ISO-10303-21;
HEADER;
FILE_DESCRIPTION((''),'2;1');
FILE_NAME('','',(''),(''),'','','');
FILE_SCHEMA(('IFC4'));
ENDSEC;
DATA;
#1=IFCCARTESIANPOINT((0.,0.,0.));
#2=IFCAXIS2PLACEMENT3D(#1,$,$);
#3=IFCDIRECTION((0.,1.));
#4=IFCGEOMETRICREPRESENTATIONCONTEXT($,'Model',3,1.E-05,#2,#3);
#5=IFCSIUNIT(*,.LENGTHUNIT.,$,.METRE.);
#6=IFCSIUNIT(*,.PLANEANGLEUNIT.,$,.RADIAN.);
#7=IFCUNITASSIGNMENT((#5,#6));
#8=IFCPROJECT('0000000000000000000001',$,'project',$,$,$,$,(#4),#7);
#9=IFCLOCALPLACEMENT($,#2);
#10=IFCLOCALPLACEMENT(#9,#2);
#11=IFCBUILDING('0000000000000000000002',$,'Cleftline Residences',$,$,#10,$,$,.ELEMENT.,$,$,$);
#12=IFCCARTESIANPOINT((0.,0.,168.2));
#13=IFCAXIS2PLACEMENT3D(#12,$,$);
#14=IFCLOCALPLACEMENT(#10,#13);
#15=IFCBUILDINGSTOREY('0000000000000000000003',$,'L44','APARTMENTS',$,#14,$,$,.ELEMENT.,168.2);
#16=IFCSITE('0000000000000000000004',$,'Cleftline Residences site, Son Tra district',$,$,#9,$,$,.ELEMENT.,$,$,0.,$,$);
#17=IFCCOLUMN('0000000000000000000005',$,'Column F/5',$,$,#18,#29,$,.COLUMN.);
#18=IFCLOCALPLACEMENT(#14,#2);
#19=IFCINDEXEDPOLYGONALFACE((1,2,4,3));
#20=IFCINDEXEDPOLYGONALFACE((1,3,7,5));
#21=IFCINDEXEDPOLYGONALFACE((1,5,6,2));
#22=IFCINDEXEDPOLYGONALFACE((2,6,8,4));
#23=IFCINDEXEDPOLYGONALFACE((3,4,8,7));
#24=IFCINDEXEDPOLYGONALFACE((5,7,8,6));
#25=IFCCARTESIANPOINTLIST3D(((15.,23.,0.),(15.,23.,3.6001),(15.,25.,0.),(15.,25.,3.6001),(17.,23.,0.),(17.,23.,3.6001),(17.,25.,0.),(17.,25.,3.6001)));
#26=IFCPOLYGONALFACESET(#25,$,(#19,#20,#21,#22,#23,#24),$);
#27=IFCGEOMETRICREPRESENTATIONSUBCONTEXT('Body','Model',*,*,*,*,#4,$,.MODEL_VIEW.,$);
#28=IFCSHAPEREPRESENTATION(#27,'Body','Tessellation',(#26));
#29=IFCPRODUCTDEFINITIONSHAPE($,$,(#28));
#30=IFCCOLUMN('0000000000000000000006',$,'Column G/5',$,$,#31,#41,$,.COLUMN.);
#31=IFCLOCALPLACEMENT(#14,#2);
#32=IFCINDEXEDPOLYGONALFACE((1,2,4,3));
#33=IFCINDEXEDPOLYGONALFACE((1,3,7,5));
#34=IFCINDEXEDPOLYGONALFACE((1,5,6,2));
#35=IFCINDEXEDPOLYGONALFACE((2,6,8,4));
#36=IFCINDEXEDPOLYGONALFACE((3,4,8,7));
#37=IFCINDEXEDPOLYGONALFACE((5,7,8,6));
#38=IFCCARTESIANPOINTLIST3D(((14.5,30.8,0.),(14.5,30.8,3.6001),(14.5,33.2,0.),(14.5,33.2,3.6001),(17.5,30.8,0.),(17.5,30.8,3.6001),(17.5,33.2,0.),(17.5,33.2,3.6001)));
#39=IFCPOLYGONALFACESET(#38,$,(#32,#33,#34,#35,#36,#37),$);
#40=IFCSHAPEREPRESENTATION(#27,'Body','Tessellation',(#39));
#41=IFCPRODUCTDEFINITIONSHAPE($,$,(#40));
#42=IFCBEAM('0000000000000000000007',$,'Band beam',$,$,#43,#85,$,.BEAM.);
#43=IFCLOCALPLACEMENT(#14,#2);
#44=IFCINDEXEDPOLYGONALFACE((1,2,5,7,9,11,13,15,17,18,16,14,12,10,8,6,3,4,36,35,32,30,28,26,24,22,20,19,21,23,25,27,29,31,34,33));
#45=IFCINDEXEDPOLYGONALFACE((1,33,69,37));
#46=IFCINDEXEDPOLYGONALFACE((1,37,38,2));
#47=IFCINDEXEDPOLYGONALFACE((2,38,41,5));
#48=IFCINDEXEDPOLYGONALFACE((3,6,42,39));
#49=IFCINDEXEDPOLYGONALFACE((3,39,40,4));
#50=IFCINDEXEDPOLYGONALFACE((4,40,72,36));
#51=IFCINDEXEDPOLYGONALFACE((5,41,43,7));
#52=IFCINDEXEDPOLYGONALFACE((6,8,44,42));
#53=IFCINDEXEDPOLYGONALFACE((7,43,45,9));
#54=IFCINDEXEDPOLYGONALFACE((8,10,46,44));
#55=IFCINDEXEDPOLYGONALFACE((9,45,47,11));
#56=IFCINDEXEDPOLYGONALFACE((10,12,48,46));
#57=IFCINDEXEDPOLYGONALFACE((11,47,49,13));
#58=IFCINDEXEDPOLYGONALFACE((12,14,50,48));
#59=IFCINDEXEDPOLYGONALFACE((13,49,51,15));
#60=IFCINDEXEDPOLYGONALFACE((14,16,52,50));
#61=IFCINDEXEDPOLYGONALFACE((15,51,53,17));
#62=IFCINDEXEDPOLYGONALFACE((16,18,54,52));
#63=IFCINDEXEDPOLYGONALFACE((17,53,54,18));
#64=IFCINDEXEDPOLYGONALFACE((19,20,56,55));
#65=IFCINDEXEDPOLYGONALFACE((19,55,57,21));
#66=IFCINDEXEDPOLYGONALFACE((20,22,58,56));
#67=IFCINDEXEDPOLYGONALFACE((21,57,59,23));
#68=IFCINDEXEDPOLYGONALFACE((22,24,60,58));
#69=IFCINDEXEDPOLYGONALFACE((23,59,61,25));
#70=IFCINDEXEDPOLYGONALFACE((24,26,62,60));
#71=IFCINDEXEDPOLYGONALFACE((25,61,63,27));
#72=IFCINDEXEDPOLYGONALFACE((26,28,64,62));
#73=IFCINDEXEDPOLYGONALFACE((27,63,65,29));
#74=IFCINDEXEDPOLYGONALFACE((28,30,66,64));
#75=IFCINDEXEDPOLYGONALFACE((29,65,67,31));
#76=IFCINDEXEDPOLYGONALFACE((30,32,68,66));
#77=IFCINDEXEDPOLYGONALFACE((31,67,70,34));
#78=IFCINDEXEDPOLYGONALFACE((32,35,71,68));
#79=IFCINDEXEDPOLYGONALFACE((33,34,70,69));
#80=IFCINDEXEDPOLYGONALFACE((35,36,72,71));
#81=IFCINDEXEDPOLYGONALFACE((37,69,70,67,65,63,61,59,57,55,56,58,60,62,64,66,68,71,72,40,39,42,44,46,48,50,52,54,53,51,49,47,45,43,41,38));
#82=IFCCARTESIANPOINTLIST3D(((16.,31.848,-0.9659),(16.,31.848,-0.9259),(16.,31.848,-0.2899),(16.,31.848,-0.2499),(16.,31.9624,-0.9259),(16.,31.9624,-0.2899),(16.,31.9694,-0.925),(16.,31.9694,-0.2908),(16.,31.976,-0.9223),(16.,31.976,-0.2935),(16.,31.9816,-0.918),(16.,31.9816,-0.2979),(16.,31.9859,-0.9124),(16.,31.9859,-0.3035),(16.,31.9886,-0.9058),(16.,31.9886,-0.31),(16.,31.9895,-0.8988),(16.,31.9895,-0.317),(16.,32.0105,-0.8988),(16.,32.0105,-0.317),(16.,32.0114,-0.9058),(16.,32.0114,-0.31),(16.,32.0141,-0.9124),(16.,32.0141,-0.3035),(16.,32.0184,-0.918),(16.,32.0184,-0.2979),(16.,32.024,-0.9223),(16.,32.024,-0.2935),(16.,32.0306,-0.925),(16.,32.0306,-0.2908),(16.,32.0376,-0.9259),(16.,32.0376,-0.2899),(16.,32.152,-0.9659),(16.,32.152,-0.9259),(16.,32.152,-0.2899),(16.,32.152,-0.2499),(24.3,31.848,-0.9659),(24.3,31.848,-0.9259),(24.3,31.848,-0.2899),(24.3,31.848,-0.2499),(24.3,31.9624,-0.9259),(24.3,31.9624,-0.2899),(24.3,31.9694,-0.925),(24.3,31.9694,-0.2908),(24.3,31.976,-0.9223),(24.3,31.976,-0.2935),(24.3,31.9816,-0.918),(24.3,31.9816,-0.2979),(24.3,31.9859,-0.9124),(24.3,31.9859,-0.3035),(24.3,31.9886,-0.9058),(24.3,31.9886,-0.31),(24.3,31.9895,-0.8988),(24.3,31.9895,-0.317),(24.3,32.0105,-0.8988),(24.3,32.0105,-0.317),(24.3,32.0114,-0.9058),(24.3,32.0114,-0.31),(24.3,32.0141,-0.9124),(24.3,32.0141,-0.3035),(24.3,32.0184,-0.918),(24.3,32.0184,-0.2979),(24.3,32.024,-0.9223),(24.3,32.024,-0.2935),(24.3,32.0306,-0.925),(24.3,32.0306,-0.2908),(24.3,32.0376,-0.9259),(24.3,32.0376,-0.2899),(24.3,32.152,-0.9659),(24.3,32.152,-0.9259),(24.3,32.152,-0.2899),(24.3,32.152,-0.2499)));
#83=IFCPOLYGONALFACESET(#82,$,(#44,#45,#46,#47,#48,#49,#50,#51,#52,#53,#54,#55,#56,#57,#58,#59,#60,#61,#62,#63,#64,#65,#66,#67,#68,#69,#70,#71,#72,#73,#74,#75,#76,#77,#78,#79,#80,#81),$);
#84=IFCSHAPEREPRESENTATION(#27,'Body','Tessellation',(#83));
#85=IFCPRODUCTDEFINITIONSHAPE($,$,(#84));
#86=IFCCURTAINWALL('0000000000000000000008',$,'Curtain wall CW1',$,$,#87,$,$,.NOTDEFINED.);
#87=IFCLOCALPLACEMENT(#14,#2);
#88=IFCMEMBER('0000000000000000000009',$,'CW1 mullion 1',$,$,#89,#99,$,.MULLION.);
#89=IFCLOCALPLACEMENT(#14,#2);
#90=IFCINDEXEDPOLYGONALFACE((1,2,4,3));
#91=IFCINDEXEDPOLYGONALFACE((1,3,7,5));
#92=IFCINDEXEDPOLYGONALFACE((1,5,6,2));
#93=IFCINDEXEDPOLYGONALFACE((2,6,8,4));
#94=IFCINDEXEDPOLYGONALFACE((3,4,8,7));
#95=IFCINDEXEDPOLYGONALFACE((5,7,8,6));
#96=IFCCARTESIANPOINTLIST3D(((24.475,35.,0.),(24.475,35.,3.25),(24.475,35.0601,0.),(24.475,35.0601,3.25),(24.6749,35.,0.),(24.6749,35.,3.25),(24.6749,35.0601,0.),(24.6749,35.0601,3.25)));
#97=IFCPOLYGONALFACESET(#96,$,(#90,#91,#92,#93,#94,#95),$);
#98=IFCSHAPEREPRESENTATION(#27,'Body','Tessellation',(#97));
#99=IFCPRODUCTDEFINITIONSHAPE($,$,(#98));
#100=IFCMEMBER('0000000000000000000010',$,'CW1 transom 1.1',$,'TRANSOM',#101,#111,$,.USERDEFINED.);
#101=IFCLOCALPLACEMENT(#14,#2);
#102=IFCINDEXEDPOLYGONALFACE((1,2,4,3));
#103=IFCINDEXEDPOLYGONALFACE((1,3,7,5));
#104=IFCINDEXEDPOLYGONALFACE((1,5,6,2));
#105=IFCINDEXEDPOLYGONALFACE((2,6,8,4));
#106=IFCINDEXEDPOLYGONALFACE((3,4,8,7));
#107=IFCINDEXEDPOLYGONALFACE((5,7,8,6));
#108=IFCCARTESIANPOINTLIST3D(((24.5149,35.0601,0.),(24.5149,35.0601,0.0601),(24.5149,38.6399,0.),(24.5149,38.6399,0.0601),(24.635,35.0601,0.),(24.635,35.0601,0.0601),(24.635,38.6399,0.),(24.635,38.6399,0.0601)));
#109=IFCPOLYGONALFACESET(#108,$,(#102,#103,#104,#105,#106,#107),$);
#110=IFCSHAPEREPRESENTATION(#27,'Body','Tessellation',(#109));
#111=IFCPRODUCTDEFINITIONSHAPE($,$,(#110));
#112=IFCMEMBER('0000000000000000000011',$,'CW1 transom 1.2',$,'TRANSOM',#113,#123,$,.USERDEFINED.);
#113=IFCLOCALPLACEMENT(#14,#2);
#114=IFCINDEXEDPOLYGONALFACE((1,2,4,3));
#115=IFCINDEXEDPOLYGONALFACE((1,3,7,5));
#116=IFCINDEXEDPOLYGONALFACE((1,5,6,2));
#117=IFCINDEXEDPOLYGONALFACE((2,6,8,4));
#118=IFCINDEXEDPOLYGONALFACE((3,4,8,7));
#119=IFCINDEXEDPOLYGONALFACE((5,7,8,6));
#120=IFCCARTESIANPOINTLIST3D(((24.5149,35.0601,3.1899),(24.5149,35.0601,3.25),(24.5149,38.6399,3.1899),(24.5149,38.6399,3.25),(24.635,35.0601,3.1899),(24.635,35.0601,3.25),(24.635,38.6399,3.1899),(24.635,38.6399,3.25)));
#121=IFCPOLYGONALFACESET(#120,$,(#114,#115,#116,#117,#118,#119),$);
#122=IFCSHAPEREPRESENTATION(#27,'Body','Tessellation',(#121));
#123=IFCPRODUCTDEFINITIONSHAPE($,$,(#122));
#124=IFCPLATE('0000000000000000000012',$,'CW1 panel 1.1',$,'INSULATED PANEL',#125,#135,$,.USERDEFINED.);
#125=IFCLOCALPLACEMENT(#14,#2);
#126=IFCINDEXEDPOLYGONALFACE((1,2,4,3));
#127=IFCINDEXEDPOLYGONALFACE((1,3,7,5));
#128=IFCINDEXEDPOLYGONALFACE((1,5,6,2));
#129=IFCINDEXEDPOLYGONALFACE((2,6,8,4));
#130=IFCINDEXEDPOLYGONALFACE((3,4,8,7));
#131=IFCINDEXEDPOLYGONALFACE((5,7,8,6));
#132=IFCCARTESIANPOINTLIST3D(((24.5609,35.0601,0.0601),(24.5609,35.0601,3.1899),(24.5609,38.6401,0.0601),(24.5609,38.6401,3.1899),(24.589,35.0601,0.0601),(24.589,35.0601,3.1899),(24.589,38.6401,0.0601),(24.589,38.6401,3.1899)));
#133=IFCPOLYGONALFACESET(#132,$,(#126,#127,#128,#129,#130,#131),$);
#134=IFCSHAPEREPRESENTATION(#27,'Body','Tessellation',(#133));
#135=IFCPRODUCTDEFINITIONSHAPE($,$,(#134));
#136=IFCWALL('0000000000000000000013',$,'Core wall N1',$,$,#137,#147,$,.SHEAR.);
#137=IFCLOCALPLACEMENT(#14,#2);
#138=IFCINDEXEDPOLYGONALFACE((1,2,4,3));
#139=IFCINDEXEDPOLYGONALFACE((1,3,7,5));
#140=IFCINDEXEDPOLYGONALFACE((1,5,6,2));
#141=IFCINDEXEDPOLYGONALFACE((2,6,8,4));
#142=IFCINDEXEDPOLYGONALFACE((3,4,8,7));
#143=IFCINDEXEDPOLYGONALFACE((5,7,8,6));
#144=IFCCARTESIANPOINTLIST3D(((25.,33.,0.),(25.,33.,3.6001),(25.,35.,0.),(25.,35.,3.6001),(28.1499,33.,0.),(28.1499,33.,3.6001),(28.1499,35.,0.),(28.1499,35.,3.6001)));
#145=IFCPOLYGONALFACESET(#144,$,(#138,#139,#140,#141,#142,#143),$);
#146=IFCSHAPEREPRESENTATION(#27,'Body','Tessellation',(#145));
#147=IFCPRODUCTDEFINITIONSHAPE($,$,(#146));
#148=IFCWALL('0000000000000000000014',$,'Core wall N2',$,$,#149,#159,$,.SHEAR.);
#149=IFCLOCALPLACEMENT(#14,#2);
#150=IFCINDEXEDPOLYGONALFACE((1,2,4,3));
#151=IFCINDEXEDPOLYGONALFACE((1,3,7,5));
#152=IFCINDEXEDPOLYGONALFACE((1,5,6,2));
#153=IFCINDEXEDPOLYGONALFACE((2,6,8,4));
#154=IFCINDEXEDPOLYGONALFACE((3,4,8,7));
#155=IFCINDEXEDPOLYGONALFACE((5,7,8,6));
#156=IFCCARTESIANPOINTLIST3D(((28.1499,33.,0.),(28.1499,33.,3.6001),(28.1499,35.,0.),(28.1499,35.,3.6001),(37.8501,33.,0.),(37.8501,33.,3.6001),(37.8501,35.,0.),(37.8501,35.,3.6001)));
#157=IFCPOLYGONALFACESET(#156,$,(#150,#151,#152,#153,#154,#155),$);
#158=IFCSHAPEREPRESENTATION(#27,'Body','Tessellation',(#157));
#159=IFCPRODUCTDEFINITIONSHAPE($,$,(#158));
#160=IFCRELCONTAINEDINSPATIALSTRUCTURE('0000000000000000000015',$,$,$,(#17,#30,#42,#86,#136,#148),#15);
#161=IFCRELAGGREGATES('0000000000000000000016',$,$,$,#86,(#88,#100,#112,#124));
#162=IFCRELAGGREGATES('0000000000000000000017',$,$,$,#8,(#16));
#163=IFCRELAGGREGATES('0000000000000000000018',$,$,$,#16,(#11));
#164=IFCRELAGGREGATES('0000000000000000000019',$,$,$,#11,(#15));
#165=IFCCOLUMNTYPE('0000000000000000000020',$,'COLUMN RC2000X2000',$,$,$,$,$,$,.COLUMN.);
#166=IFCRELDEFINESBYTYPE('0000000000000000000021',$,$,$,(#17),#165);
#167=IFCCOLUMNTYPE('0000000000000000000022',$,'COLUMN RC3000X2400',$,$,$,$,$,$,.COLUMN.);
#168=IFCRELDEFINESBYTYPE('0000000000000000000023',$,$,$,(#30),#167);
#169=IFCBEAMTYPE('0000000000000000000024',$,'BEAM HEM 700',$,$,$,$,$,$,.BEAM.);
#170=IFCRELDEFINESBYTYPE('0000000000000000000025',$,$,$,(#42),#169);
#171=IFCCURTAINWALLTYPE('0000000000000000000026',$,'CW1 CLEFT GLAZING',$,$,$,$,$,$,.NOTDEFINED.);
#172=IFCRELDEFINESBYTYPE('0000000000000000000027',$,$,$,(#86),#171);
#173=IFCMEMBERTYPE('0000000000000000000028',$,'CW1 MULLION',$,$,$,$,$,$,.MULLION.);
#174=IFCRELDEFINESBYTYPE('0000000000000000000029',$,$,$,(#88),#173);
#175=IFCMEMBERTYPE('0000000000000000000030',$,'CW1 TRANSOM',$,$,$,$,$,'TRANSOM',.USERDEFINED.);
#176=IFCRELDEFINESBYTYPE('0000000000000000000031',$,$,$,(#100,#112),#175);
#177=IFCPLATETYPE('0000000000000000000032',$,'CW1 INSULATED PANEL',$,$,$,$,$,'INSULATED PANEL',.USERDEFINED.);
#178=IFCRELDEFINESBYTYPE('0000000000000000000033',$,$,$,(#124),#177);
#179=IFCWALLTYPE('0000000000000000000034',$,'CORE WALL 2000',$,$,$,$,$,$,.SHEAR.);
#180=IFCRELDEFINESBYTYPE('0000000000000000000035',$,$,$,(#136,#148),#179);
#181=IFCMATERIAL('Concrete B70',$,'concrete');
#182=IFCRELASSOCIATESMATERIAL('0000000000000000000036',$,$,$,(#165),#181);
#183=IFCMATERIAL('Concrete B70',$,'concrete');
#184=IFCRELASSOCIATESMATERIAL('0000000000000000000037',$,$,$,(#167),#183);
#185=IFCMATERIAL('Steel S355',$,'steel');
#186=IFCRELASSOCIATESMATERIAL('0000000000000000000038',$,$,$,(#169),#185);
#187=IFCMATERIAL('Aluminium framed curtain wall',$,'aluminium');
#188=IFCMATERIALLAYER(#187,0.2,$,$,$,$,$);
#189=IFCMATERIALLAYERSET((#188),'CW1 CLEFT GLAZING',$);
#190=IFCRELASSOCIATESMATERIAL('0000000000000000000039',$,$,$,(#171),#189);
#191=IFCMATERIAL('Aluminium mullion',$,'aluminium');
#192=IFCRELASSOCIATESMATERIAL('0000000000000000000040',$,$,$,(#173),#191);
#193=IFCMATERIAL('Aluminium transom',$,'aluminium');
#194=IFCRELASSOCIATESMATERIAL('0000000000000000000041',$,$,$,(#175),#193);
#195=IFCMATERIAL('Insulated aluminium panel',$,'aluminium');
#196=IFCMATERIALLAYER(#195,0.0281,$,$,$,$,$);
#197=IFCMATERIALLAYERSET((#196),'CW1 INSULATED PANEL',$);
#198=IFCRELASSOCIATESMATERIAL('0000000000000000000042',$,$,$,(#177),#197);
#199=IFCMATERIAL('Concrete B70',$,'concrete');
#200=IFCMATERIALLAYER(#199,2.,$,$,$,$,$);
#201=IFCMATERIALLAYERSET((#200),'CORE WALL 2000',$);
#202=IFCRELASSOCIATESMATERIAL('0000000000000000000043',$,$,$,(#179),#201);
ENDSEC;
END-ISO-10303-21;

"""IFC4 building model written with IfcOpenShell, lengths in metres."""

from ifc_helpers import new_model, si_unit, direction, frame, frame_2d, origin, origin_2d, place, context, subcontext, project, spatial, rectangle, i_section, extrude, material, layer, layer_set, material_profile, profile_set, type_object, element, aggregate, save


model = new_model("IFC4")

# Units and contexts
model_context = context("Model", 3, precision=1e-05, world=origin(), true_north=direction((0.0, 1.0)))
body_context = subcontext(model_context, "Body", "Model", "MODEL_VIEW")
ifc_project = project(units=[si_unit("LENGTHUNIT", "METRE"), si_unit("PLANEANGLEUNIT", "RADIAN")], contexts=[model_context])

# Site, building, storey
site_placement = place(None, origin())
site = spatial("IfcSite", under=ifc_project, at=site_placement, Name="Cleftline Residences site, Son Tra district", CompositionType="ELEMENT", RefElevation=0.0)
building_placement = place(site_placement, origin())
building = spatial("IfcBuilding", under=site, at=building_placement, Name="Cleftline Residences", CompositionType="ELEMENT")
storey_placement = place(building_placement, frame((0.0, 0.0, 168.2)))
storey = spatial("IfcBuildingStorey", under=building, at=storey_placement, Name="L44", Description="APARTMENTS", CompositionType="ELEMENT", Elevation=168.2)

# Columns
ifc_material_1 = material(Name="Concrete B70", Category="concrete")
ifc_material_profile_1 = material_profile(ifc_material_1, rectangle(XDim=2.0, YDim=2.0, at=origin_2d()))
ifc_profile_set_1 = profile_set([ifc_material_profile_1], Name="Concrete B70")
column_type_1 = type_object("IfcColumnType", Name="COLUMN RC2000X2000", PredefinedType="COLUMN", material=ifc_profile_set_1)
column_1_placement = place(storey_placement, frame((16.0, 24.0, 0.0), z_axis=(0.0, 0.0, 1.0), x_axis=(1.0, 0.0, 0.0)))
element("IfcColumn", 1, at=column_1_placement, inside=storey, type_object=column_type_1, Name="Column F/5", PredefinedType="COLUMN", context=body_context, shape_type="SweptSolid", body=[
    extrude(rectangle(XDim=2.0, YDim=2.0, at=origin_2d()), origin(), (0.0, 0.0, 1.0), 3.6001),
])
ifc_material_2 = material(Name="Concrete B70", Category="concrete")
ifc_material_profile_2 = material_profile(ifc_material_2, rectangle(XDim=3.0, YDim=2.3999, at=origin_2d()))
ifc_profile_set_2 = profile_set([ifc_material_profile_2], Name="Concrete B70")
column_type_2 = type_object("IfcColumnType", Name="COLUMN RC3000X2400", PredefinedType="COLUMN", material=ifc_profile_set_2)
column_2_placement = place(storey_placement, frame((16.0, 32.0, 0.0), z_axis=(0.0, 0.0, 1.0), x_axis=(1.0, 0.0, 0.0)))
element("IfcColumn", 2, at=column_2_placement, inside=storey, type_object=column_type_2, Name="Column G/5", PredefinedType="COLUMN", context=body_context, shape_type="SweptSolid", body=[
    extrude(rectangle(XDim=3.0, YDim=2.3999, at=origin_2d()), origin(), (0.0, 0.0, 1.0), 3.6001),
])

# Beam
ifc_material_3 = material(Name="Steel S355", Category="steel")
ifc_material_profile_3 = material_profile(ifc_material_3, i_section(OverallWidth=0.304, OverallDepth=0.7161, WebThickness=0.021, FlangeThickness=0.04, FilletRadius=0.0271, at=origin_2d()))
ifc_profile_set_3 = profile_set([ifc_material_profile_3], Name="Steel S355")
beam_type = type_object("IfcBeamType", Name="BEAM HEM 700", PredefinedType="BEAM", material=ifc_profile_set_3)
beam_placement = place(storey_placement, frame((16.0, 32.0, -0.6079), z_axis=(1.0, 0.0, 0.0), x_axis=(0.0, 1.0, 0.0)))
element("IfcBeam", 3, at=beam_placement, inside=storey, type_object=beam_type, Name="Band beam", PredefinedType="BEAM", context=body_context, shape_type="SweptSolid", body=[
    extrude(i_section(OverallWidth=0.304, OverallDepth=0.7161, WebThickness=0.021, FlangeThickness=0.04, FilletRadius=0.0271, at=origin_2d()), origin(), (0.0, 0.0, 1.0), 8.3),
])

# Curtain wall, members, plate
ifc_material_4 = material(Name="Aluminium framed curtain wall", Category="aluminium")
ifc_layer_1 = layer(ifc_material_4, 0.2)
ifc_layer_set_1 = layer_set([ifc_layer_1], Name="CW1 CLEFT GLAZING")
curtain_wall_type = type_object("IfcCurtainWallType", Name="CW1 CLEFT GLAZING", PredefinedType="NOTDEFINED", material=ifc_layer_set_1)
curtain_wall_placement = place(storey_placement, origin())
curtain_wall = element("IfcCurtainWall", 4, at=curtain_wall_placement, inside=storey, type_object=curtain_wall_type, Name="Curtain wall CW1", PredefinedType="NOTDEFINED")
ifc_material_5 = material(Name="Aluminium mullion", Category="aluminium")
ifc_material_profile_4 = material_profile(ifc_material_5, rectangle(XDim=0.2, YDim=0.0601, at=origin_2d()))
ifc_profile_set_4 = profile_set([ifc_material_profile_4], Name="Aluminium mullion")
member_type_1 = type_object("IfcMemberType", Name="CW1 MULLION", PredefinedType="MULLION", material=ifc_profile_set_4)
member_1_placement = place(storey_placement, frame((24.575, 35.03, 0.0), z_axis=(0.0, 0.0, 1.0), x_axis=(-1.0, 0.0, 0.0)))
member_1 = element("IfcMember", 5, at=member_1_placement, type_object=member_type_1, Name="CW1 mullion 1", PredefinedType="MULLION", context=body_context, shape_type="SweptSolid", body=[
    extrude(rectangle(XDim=0.2, YDim=0.0601, at=origin_2d()), origin(), (0.0, 0.0, 1.0), 3.25),
])
ifc_material_6 = material(Name="Aluminium transom", Category="aluminium")
ifc_material_profile_5 = material_profile(ifc_material_6, rectangle(XDim=0.1201, YDim=0.0601, at=origin_2d()))
ifc_profile_set_5 = profile_set([ifc_material_profile_5], Name="Aluminium transom")
member_type_2 = type_object("IfcMemberType", Name="CW1 TRANSOM", ElementType="TRANSOM", PredefinedType="USERDEFINED", material=ifc_profile_set_5)
member_2_placement = place(storey_placement, frame((24.575, 35.0601, 0.03), z_axis=(0.0, 1.0, 0.0), x_axis=(-1.0, 0.0, 0.0)))
member_2 = element("IfcMember", 6, at=member_2_placement, type_object=member_type_2, Name="CW1 transom 1.1", ObjectType="TRANSOM", PredefinedType="USERDEFINED", context=body_context, shape_type="SweptSolid", body=[
    extrude(rectangle(XDim=0.1201, YDim=0.0601, at=origin_2d()), origin(), (0.0, 0.0, 1.0), 3.5798),
])
member_3_placement = place(storey_placement, frame((24.575, 35.0601, 3.22), z_axis=(0.0, 1.0, 0.0), x_axis=(-1.0, 0.0, 0.0)))
member_3 = element("IfcMember", 7, at=member_3_placement, type_object=member_type_2, Name="CW1 transom 1.2", ObjectType="TRANSOM", PredefinedType="USERDEFINED", context=body_context, shape_type="SweptSolid", body=[
    extrude(rectangle(XDim=0.1201, YDim=0.0601, at=origin_2d()), origin(), (0.0, 0.0, 1.0), 3.5798),
])
ifc_material_7 = material(Name="Insulated aluminium panel", Category="aluminium")
ifc_layer_2 = layer(ifc_material_7, 0.0281)
ifc_layer_set_2 = layer_set([ifc_layer_2], Name="CW1 INSULATED PANEL")
plate_type = type_object("IfcPlateType", Name="CW1 INSULATED PANEL", ElementType="INSULATED PANEL", PredefinedType="USERDEFINED", material=ifc_layer_set_2)
plate_placement = place(storey_placement, frame((24.575, 36.8501, 0.0601), z_axis=(0.0, 0.0, 1.0), x_axis=(0.0, 1.0, 0.0)))
plate = element("IfcPlate", 8, at=plate_placement, type_object=plate_type, Name="CW1 panel 1.1", ObjectType="INSULATED PANEL", PredefinedType="USERDEFINED", context=body_context, shape_type="SweptSolid", body=[
    extrude(rectangle(XDim=3.5801, YDim=0.0281, at=origin_2d()), origin(), (0.0, 0.0, 1.0), 3.1299),
])
aggregate(curtain_wall, [member_1, member_2, member_3, plate])

# Walls
ifc_material_8 = material(Name="Concrete B70", Category="concrete")
ifc_layer_3 = layer(ifc_material_8, 2.0)
ifc_layer_set_3 = layer_set([ifc_layer_3], Name="CORE WALL 2000")
wall_type_1 = type_object("IfcWallType", Name="CORE WALL 2000", PredefinedType="SHEAR", material=ifc_layer_set_3)
wall_1_placement = place(storey_placement, frame((25.0, 34.0, 0.0), z_axis=(0.0, 0.0, 1.0), x_axis=(1.0, 0.0, 0.0)))
element("IfcWall", 9, at=wall_1_placement, inside=storey, type_object=wall_type_1, Name="Core wall N1", PredefinedType="SHEAR", context=body_context, shape_type="SweptSolid", body=[
    extrude(rectangle(XDim=3.1499, YDim=2.0, at=frame_2d((1.575, 0.0))), origin(), (0.0, 0.0, 1.0), 3.6001),
])
wall_2_placement = place(storey_placement, frame((28.1499, 34.0, 0.0), z_axis=(0.0, 0.0, 1.0), x_axis=(1.0, 0.0, 0.0)))
element("IfcWall", 10, at=wall_2_placement, inside=storey, type_object=wall_type_1, Name="Core wall N2", PredefinedType="SHEAR", context=body_context, shape_type="SweptSolid", body=[
    extrude(rectangle(XDim=9.7002, YDim=2.0, at=frame_2d((4.8501, 0.0))), origin(), (0.0, 0.0, 1.0), 3.6001),
])

save(model, "model.ifc")
